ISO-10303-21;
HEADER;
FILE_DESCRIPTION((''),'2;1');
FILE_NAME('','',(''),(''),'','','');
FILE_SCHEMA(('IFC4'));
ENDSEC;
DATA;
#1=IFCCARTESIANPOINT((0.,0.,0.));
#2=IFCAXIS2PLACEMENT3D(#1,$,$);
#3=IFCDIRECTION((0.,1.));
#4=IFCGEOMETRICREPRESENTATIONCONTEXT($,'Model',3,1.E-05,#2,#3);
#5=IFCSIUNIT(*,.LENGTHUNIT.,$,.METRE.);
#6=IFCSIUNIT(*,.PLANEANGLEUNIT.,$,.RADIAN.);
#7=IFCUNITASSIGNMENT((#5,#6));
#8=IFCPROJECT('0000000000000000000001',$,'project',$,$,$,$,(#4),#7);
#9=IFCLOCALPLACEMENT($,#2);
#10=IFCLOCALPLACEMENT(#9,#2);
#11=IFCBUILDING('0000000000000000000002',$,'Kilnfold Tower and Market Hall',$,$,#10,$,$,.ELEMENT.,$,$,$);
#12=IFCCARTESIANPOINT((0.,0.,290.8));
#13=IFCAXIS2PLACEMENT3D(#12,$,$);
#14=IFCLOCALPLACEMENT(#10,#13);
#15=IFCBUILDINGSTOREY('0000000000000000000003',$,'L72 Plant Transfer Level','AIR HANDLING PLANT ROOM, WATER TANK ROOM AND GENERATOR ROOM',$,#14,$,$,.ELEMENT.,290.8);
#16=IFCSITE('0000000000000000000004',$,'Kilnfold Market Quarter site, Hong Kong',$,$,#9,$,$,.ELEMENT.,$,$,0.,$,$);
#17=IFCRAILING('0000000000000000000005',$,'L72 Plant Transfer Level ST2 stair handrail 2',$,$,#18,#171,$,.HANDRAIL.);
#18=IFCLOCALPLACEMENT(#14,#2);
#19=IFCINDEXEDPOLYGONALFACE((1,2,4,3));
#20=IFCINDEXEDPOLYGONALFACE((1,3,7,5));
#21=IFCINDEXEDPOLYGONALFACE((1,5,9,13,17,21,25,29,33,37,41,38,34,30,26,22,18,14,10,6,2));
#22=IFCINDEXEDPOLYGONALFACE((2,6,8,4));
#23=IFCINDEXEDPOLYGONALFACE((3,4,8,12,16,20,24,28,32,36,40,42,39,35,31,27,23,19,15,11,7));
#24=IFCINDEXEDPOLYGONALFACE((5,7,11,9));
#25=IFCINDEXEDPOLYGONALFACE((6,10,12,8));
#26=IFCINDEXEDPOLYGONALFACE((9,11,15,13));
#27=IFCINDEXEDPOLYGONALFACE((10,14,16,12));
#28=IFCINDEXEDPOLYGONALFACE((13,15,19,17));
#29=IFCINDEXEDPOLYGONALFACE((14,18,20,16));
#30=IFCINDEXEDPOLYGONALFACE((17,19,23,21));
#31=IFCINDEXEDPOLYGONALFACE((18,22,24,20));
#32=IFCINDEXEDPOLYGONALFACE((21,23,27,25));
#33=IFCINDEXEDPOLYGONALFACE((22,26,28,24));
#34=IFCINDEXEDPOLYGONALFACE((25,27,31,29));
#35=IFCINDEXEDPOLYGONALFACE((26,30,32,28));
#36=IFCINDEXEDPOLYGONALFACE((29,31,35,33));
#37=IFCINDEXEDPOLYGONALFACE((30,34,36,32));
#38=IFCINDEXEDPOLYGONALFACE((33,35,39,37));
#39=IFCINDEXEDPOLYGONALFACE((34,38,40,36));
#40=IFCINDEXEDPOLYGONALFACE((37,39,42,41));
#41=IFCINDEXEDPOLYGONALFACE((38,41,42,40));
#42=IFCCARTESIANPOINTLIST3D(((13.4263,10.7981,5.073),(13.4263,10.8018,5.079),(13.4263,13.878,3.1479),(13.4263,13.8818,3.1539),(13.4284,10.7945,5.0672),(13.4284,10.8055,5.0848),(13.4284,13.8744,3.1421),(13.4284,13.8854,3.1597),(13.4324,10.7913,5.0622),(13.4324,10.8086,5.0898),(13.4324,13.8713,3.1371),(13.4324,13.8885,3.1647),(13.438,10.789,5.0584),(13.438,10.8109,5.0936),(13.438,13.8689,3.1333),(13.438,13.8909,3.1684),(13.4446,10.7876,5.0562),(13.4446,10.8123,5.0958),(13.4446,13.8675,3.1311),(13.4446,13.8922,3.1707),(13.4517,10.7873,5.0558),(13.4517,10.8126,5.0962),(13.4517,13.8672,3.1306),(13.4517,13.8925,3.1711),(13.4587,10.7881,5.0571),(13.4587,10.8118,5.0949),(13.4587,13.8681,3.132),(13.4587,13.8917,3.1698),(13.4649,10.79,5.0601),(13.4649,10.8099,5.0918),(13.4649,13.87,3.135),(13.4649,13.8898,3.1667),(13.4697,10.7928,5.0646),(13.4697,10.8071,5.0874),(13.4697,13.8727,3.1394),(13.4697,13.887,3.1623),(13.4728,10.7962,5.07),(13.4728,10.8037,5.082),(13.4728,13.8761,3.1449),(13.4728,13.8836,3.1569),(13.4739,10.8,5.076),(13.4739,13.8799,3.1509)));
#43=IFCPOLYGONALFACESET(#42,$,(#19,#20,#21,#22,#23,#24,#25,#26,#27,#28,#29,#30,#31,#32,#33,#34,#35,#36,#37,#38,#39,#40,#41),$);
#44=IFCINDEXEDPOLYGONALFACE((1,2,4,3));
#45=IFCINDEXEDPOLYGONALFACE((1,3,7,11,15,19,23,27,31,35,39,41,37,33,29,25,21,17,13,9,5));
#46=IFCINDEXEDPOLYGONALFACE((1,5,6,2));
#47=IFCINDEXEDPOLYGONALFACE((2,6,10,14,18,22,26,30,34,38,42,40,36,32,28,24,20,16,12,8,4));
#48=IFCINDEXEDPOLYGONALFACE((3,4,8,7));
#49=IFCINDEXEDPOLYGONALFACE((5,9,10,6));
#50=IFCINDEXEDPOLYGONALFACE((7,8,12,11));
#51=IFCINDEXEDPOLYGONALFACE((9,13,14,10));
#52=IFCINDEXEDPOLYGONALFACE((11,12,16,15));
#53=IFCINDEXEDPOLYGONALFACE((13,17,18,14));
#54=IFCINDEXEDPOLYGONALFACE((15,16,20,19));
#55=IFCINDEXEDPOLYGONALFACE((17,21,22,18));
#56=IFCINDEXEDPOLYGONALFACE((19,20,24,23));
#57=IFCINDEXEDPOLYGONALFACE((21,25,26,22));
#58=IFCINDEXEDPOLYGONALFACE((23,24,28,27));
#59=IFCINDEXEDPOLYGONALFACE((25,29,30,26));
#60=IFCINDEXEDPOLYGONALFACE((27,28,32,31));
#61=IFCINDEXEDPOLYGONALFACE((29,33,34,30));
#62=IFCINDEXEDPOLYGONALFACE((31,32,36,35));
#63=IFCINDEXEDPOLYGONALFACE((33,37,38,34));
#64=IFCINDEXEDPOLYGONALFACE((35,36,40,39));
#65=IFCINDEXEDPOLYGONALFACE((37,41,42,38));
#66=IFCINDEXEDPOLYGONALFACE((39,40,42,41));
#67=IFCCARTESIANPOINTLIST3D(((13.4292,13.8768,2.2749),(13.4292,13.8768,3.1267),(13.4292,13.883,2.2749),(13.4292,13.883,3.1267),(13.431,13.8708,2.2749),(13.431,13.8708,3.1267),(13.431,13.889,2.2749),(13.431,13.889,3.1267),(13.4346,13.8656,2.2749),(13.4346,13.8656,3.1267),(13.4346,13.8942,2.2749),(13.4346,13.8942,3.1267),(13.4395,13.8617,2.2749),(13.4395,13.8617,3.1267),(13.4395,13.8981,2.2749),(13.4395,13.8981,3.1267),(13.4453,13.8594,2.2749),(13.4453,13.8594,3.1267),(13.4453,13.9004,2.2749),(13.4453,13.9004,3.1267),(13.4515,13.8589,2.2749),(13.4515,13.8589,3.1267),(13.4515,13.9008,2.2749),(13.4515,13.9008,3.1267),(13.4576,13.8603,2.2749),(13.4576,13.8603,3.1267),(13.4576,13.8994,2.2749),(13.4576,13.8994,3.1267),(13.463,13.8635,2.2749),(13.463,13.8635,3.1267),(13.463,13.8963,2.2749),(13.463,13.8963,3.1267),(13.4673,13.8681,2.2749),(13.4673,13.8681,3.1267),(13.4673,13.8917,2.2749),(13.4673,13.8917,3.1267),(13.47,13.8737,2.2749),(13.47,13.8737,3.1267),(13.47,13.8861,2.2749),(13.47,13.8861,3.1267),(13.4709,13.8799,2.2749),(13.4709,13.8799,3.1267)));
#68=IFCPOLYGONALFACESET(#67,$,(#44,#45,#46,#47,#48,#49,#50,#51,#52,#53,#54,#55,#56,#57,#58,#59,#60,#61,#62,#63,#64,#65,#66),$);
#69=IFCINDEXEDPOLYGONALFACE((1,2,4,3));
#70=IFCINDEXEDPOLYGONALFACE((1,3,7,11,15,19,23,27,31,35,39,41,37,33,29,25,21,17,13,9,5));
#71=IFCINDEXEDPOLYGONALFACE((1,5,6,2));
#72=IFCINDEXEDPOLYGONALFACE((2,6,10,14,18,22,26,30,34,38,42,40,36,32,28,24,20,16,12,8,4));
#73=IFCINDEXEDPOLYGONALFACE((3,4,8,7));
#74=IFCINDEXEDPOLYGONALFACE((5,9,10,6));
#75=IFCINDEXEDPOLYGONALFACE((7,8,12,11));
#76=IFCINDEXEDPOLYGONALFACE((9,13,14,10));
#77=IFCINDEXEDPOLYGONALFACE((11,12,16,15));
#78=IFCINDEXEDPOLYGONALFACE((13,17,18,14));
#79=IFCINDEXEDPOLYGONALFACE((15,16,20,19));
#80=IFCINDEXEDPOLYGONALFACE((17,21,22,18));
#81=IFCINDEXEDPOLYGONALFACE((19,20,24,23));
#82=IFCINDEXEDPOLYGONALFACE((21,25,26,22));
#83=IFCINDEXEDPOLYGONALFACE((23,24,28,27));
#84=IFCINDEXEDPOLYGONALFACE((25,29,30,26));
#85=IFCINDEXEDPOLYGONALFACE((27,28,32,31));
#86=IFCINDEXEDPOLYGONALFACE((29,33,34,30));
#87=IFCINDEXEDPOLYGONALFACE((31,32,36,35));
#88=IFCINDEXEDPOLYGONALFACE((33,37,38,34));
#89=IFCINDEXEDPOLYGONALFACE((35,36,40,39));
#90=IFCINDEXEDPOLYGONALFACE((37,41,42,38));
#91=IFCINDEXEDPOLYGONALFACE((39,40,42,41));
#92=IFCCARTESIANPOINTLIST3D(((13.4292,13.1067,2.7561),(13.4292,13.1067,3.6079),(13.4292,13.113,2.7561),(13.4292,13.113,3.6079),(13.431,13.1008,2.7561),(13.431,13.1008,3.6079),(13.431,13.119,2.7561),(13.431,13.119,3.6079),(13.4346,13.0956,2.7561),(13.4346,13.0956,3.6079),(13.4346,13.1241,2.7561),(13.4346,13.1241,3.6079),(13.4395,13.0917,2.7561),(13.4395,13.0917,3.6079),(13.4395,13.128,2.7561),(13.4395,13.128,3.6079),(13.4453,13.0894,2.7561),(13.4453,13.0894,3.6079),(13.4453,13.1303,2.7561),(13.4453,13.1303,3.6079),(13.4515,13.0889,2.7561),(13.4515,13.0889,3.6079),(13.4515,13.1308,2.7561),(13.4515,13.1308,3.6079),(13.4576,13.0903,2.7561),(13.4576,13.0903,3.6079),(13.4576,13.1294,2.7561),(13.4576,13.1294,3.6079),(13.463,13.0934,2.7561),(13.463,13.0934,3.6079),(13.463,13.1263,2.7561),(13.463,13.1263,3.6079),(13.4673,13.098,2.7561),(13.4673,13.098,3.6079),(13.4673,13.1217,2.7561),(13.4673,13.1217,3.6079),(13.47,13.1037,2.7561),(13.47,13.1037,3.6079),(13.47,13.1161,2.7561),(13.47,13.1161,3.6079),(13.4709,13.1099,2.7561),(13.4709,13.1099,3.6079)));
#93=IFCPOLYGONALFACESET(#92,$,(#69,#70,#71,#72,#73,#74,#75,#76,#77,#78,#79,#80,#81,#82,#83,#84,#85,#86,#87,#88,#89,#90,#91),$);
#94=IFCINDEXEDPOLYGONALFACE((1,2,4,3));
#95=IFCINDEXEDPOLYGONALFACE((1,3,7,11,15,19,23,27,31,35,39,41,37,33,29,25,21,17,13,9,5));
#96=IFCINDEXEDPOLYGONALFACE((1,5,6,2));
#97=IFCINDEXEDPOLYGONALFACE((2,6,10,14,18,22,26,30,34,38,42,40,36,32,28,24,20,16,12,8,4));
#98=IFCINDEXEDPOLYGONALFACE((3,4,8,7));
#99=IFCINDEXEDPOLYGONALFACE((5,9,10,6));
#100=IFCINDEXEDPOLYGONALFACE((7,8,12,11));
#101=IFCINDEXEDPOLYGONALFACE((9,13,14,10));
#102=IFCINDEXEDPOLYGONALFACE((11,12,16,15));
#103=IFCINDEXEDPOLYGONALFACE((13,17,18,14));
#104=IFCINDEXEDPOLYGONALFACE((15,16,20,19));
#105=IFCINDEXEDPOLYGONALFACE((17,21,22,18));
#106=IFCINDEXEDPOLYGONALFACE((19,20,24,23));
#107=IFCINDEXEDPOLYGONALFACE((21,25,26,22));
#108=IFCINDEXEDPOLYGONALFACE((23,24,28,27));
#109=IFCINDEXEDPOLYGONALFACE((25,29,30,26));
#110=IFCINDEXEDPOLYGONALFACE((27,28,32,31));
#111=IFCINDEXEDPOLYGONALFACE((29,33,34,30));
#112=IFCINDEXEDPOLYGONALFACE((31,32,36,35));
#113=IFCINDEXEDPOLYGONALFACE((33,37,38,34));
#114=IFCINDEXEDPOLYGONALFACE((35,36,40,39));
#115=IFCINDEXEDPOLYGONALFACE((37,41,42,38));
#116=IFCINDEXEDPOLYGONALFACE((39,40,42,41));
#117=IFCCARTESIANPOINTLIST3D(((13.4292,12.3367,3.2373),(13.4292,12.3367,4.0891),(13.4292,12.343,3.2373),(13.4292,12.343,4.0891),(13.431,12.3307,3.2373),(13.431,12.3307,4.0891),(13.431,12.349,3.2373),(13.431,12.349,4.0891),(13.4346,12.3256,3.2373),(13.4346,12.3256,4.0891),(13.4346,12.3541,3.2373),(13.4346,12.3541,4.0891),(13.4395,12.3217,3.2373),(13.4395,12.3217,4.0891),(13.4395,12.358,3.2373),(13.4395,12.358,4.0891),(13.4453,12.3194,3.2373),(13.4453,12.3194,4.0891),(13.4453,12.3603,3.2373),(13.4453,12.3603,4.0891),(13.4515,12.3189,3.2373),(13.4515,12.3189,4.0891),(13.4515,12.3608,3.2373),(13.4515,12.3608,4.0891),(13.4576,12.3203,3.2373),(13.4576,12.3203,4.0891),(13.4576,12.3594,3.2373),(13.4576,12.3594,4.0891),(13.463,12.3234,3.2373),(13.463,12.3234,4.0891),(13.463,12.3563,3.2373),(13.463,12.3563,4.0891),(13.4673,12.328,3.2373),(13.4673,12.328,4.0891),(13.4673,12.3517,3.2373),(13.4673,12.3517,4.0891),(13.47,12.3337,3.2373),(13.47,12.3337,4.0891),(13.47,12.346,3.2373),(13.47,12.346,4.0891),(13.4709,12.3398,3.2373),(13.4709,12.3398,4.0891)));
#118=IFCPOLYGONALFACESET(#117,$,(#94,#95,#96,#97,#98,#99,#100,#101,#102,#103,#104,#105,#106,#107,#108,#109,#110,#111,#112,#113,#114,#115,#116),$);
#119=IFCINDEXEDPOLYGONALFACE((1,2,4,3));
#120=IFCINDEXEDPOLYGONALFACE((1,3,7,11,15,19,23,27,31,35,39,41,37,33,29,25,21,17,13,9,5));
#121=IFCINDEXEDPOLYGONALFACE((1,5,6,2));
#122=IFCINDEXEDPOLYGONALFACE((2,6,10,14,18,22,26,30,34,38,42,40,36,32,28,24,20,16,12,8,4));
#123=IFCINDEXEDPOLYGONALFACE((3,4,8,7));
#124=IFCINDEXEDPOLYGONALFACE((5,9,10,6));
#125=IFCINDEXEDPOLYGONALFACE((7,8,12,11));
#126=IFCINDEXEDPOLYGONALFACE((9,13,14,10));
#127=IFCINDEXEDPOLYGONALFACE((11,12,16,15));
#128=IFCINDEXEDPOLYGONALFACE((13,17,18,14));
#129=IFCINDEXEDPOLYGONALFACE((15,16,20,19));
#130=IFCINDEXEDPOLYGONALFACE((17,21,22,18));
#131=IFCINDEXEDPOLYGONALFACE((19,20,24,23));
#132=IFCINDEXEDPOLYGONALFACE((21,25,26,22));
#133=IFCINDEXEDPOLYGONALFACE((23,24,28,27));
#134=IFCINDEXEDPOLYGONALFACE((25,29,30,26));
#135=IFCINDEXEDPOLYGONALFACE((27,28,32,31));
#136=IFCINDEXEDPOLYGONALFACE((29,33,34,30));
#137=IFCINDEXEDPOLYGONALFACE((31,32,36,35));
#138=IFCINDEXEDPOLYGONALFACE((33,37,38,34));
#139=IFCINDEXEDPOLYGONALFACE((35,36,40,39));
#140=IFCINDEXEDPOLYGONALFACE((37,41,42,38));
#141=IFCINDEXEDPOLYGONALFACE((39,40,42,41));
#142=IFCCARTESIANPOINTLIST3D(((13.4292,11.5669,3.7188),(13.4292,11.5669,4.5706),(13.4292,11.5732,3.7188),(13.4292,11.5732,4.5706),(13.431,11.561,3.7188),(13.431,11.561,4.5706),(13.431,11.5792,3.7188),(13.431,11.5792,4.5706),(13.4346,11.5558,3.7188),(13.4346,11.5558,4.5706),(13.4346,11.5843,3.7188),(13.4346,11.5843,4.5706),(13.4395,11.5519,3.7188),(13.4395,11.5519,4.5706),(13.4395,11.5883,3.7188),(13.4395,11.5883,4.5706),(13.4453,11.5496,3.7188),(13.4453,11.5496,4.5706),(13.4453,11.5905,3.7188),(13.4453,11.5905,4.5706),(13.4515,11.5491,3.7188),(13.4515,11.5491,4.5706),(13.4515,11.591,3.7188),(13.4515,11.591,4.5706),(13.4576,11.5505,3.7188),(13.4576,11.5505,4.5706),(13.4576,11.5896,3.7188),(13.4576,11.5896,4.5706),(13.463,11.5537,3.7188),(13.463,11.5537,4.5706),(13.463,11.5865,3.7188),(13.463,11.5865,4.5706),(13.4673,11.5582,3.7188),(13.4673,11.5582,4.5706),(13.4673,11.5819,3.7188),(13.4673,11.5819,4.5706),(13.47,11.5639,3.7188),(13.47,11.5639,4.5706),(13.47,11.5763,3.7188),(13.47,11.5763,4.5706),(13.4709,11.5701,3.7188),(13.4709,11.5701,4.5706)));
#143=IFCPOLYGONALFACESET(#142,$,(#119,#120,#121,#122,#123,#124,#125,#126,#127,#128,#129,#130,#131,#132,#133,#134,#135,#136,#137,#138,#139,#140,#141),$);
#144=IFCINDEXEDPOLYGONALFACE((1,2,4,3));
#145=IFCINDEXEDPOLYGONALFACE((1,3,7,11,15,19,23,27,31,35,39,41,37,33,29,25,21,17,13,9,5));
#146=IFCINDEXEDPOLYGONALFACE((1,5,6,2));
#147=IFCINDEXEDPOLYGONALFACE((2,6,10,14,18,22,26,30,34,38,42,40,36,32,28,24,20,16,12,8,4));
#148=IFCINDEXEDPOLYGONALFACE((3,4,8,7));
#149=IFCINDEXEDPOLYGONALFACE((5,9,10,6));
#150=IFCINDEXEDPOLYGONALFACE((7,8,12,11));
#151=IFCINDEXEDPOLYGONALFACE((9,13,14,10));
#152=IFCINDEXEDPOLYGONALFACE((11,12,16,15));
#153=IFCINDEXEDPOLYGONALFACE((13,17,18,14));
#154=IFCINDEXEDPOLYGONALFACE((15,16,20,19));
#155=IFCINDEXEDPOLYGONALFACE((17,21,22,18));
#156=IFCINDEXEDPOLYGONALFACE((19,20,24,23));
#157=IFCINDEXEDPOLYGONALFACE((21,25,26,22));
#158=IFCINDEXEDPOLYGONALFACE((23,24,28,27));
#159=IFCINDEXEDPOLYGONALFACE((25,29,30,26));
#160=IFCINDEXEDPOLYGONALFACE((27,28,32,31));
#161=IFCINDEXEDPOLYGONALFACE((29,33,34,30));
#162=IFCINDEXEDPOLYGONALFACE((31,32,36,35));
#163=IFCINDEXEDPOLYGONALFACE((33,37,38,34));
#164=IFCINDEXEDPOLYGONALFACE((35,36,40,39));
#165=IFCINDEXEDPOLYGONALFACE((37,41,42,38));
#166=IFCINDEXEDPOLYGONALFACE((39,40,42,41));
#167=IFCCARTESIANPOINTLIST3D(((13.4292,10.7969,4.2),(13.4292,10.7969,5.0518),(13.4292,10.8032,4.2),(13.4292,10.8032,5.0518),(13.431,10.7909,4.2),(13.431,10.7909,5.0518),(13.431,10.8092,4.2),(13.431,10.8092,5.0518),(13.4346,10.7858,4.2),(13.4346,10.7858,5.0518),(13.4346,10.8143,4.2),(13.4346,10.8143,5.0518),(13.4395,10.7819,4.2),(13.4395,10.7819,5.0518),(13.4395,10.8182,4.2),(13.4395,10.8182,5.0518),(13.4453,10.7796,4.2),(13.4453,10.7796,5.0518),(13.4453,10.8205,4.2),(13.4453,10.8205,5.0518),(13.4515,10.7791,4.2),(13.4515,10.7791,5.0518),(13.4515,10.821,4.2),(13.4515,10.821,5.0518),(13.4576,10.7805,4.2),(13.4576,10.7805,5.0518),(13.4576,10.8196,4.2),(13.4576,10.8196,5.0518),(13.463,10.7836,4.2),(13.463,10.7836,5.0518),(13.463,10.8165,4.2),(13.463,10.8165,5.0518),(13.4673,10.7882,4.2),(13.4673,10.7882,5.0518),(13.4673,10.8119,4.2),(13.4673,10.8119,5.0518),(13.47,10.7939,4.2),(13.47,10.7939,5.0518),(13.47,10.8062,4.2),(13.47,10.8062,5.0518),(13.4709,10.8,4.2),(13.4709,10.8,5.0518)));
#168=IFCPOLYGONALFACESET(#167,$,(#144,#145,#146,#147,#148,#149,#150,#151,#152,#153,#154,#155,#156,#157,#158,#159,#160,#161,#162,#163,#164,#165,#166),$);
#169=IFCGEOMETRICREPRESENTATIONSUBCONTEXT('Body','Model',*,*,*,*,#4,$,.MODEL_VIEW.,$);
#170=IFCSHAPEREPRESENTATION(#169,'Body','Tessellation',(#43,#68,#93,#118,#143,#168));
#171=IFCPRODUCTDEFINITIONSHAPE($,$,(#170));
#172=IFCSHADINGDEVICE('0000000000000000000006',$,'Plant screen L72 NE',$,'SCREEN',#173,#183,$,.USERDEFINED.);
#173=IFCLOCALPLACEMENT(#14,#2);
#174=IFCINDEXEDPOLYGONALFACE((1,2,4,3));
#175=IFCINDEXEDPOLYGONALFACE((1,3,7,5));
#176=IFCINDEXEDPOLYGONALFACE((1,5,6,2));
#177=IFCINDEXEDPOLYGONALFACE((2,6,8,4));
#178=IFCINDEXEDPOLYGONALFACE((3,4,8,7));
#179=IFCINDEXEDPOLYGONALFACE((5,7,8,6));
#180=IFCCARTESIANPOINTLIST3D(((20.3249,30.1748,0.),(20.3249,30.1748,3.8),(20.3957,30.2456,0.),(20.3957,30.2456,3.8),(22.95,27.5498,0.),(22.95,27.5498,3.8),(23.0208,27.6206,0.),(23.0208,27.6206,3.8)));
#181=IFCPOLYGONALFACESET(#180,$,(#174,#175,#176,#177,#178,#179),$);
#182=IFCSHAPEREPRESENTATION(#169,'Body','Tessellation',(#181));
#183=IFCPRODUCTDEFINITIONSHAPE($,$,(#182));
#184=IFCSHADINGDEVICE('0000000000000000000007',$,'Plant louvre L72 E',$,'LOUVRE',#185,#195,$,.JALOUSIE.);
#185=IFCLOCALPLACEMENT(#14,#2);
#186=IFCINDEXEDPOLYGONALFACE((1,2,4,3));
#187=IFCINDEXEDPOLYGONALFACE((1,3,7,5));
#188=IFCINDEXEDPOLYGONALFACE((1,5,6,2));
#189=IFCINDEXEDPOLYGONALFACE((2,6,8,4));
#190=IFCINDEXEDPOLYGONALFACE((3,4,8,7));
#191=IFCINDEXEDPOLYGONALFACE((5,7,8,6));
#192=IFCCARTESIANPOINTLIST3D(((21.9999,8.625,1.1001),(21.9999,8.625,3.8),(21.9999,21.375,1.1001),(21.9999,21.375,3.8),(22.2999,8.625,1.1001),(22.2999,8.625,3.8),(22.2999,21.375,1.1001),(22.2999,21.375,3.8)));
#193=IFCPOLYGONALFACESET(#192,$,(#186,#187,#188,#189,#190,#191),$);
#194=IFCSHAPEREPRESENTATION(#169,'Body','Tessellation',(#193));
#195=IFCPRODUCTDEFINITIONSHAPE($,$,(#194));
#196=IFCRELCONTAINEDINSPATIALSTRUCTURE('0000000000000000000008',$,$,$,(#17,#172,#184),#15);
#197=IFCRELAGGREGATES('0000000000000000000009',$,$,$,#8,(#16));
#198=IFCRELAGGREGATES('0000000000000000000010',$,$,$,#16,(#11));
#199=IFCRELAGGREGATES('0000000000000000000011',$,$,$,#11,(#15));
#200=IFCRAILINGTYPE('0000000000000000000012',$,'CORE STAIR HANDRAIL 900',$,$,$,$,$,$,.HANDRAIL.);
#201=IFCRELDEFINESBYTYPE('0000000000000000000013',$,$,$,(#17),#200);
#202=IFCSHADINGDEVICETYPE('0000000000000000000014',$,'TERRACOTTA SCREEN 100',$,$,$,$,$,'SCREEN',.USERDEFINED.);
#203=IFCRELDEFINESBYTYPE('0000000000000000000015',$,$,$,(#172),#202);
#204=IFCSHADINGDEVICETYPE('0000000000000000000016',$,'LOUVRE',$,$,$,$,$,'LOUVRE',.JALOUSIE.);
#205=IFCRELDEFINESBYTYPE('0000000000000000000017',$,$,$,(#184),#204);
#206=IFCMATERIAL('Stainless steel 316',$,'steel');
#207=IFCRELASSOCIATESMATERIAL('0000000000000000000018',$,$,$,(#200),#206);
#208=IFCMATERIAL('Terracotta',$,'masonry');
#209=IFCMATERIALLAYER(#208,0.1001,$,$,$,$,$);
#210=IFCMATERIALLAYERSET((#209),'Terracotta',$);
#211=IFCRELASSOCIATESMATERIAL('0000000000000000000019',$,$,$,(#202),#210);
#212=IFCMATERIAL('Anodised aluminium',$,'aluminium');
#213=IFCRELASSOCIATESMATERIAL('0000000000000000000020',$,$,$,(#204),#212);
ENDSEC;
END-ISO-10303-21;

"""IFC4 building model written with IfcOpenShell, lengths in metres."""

from ifc_helpers import new_model, si_unit, direction, frame, origin, origin_2d, place, context, subcontext, project, spatial, rectangle, circle, extrude, source, transform, mapped, material, layer, layer_set, type_object, element, save


model = new_model("IFC4")

# Units and contexts
model_context = context("Model", 3, precision=1e-05, world=origin(), true_north=direction((0.0, 1.0)))
body_context = subcontext(model_context, "Body", "Model", "MODEL_VIEW")
ifc_project = project(units=[si_unit("LENGTHUNIT", "METRE"), si_unit("PLANEANGLEUNIT", "RADIAN")], contexts=[model_context])

# Site, building, storey
site_placement = place(None, origin())
site = spatial("IfcSite", under=ifc_project, at=site_placement, Name="Kilnfold Market Quarter site, Hong Kong", CompositionType="ELEMENT", RefElevation=0.0)
building_placement = place(site_placement, origin())
building = spatial("IfcBuilding", under=site, at=building_placement, Name="Kilnfold Tower and Market Hall", CompositionType="ELEMENT")
storey_placement = place(building_placement, frame((0.0, 0.0, 290.8)))
storey = spatial("IfcBuildingStorey", under=building, at=storey_placement, Name="L72 Plant Transfer Level", Description="AIR HANDLING PLANT ROOM, WATER TANK ROOM AND GENERATOR ROOM", CompositionType="ELEMENT", Elevation=290.8)

# Railing
ifc_material_1 = material(Name="Stainless steel 316", Category="steel")
railing_type_1 = type_object("IfcRailingType", Name="CORE STAIR HANDRAIL 900", PredefinedType="HANDRAIL", material=ifc_material_1)
railing_1_placement = place(storey_placement, frame((13.45, 13.8799, 2.2749)))
element("IfcRailing", 1, at=railing_1_placement, inside=storey, type_object=railing_type_1, Name="L72 Plant Transfer Level ST2 stair handrail 2", PredefinedType="HANDRAIL", context=body_context, shape_type="SweptSolid", body=[
    extrude(circle(Radius=0.0239, at=origin_2d()), frame((0.0, 0.0, 0.876), z_axis=(0.0, -0.847979, 0.530029), x_axis=(1.0, 0.0, 0.0)), (0.0, 0.0, 1.0), 3.6321),
    extrude(circle(Radius=0.021, at=origin_2d()), origin(), (0.0, 0.0, 1.0), 0.8518),
    extrude(circle(Radius=0.021, at=origin_2d()), frame((0.0, -0.77, 0.4812)), (0.0, 0.0, 1.0), 0.8518),
    extrude(circle(Radius=0.021, at=origin_2d()), frame((0.0, -1.54, 0.9624)), (0.0, 0.0, 1.0), 0.8518),
    extrude(circle(Radius=0.021, at=origin_2d()), frame((0.0, -2.3098, 1.4438)), (0.0, 0.0, 1.0), 0.8518),
    extrude(circle(Radius=0.021, at=origin_2d()), frame((0.0, -3.0798, 1.925)), (0.0, 0.0, 1.0), 0.8518),
])

# Shading devices
ifc_material_2 = material(Name="Terracotta", Category="masonry")
ifc_layer_1 = layer(ifc_material_2, 0.1001)
ifc_layer_set_1 = layer_set([ifc_layer_1], Name="Terracotta")
shading_device_type_1 = type_object("IfcShadingDeviceType", Name="TERRACOTTA SCREEN 100", ElementType="SCREEN", PredefinedType="USERDEFINED", material=ifc_layer_set_1)
shared_shape_1 = source(origin(), body_context, "Body", "SweptSolid", [
    extrude(rectangle(XDim=3.7124, YDim=0.1001, at=origin_2d()), origin(), (0.0, 0.0, 1.0), 3.8),
])
shading_device_1_placement = place(storey_placement, frame((21.6729, 28.8977, 0.0), z_axis=(0.0, 0.0, 1.0), x_axis=(-0.707107, 0.707107, 0.0)))
element("IfcShadingDevice", 2, at=shading_device_1_placement, inside=storey, type_object=shading_device_type_1, Name="Plant screen L72 NE", ObjectType="SCREEN", PredefinedType="USERDEFINED", context=body_context, shape_type="MappedRepresentation", body=[
    mapped(shared_shape_1, transform((0.0, 0.0, 0.0))),
])
ifc_material_3 = material(Name="Anodised aluminium", Category="aluminium")
shading_device_type_2 = type_object("IfcShadingDeviceType", Name="LOUVRE", ElementType="LOUVRE", PredefinedType="JALOUSIE", material=ifc_material_3)
shared_shape_2 = source(origin(), body_context, "Body", "SweptSolid", [
    extrude(rectangle(XDim=12.75, YDim=0.3, at=origin_2d()), origin(), (0.0, 0.0, 1.0), 2.7),
])
shading_device_2_placement = place(storey_placement, frame((22.1499, 15.0, 1.1001), z_axis=(0.0, 0.0, 1.0), x_axis=(0.0, 1.0, 0.0)))
element("IfcShadingDevice", 3, at=shading_device_2_placement, inside=storey, type_object=shading_device_type_2, Name="Plant louvre L72 E", ObjectType="LOUVRE", PredefinedType="JALOUSIE", context=body_context, shape_type="MappedRepresentation", body=[
    mapped(shared_shape_2, transform((0.0, 0.0, 0.0))),
])

save(model, "model.ifc")
